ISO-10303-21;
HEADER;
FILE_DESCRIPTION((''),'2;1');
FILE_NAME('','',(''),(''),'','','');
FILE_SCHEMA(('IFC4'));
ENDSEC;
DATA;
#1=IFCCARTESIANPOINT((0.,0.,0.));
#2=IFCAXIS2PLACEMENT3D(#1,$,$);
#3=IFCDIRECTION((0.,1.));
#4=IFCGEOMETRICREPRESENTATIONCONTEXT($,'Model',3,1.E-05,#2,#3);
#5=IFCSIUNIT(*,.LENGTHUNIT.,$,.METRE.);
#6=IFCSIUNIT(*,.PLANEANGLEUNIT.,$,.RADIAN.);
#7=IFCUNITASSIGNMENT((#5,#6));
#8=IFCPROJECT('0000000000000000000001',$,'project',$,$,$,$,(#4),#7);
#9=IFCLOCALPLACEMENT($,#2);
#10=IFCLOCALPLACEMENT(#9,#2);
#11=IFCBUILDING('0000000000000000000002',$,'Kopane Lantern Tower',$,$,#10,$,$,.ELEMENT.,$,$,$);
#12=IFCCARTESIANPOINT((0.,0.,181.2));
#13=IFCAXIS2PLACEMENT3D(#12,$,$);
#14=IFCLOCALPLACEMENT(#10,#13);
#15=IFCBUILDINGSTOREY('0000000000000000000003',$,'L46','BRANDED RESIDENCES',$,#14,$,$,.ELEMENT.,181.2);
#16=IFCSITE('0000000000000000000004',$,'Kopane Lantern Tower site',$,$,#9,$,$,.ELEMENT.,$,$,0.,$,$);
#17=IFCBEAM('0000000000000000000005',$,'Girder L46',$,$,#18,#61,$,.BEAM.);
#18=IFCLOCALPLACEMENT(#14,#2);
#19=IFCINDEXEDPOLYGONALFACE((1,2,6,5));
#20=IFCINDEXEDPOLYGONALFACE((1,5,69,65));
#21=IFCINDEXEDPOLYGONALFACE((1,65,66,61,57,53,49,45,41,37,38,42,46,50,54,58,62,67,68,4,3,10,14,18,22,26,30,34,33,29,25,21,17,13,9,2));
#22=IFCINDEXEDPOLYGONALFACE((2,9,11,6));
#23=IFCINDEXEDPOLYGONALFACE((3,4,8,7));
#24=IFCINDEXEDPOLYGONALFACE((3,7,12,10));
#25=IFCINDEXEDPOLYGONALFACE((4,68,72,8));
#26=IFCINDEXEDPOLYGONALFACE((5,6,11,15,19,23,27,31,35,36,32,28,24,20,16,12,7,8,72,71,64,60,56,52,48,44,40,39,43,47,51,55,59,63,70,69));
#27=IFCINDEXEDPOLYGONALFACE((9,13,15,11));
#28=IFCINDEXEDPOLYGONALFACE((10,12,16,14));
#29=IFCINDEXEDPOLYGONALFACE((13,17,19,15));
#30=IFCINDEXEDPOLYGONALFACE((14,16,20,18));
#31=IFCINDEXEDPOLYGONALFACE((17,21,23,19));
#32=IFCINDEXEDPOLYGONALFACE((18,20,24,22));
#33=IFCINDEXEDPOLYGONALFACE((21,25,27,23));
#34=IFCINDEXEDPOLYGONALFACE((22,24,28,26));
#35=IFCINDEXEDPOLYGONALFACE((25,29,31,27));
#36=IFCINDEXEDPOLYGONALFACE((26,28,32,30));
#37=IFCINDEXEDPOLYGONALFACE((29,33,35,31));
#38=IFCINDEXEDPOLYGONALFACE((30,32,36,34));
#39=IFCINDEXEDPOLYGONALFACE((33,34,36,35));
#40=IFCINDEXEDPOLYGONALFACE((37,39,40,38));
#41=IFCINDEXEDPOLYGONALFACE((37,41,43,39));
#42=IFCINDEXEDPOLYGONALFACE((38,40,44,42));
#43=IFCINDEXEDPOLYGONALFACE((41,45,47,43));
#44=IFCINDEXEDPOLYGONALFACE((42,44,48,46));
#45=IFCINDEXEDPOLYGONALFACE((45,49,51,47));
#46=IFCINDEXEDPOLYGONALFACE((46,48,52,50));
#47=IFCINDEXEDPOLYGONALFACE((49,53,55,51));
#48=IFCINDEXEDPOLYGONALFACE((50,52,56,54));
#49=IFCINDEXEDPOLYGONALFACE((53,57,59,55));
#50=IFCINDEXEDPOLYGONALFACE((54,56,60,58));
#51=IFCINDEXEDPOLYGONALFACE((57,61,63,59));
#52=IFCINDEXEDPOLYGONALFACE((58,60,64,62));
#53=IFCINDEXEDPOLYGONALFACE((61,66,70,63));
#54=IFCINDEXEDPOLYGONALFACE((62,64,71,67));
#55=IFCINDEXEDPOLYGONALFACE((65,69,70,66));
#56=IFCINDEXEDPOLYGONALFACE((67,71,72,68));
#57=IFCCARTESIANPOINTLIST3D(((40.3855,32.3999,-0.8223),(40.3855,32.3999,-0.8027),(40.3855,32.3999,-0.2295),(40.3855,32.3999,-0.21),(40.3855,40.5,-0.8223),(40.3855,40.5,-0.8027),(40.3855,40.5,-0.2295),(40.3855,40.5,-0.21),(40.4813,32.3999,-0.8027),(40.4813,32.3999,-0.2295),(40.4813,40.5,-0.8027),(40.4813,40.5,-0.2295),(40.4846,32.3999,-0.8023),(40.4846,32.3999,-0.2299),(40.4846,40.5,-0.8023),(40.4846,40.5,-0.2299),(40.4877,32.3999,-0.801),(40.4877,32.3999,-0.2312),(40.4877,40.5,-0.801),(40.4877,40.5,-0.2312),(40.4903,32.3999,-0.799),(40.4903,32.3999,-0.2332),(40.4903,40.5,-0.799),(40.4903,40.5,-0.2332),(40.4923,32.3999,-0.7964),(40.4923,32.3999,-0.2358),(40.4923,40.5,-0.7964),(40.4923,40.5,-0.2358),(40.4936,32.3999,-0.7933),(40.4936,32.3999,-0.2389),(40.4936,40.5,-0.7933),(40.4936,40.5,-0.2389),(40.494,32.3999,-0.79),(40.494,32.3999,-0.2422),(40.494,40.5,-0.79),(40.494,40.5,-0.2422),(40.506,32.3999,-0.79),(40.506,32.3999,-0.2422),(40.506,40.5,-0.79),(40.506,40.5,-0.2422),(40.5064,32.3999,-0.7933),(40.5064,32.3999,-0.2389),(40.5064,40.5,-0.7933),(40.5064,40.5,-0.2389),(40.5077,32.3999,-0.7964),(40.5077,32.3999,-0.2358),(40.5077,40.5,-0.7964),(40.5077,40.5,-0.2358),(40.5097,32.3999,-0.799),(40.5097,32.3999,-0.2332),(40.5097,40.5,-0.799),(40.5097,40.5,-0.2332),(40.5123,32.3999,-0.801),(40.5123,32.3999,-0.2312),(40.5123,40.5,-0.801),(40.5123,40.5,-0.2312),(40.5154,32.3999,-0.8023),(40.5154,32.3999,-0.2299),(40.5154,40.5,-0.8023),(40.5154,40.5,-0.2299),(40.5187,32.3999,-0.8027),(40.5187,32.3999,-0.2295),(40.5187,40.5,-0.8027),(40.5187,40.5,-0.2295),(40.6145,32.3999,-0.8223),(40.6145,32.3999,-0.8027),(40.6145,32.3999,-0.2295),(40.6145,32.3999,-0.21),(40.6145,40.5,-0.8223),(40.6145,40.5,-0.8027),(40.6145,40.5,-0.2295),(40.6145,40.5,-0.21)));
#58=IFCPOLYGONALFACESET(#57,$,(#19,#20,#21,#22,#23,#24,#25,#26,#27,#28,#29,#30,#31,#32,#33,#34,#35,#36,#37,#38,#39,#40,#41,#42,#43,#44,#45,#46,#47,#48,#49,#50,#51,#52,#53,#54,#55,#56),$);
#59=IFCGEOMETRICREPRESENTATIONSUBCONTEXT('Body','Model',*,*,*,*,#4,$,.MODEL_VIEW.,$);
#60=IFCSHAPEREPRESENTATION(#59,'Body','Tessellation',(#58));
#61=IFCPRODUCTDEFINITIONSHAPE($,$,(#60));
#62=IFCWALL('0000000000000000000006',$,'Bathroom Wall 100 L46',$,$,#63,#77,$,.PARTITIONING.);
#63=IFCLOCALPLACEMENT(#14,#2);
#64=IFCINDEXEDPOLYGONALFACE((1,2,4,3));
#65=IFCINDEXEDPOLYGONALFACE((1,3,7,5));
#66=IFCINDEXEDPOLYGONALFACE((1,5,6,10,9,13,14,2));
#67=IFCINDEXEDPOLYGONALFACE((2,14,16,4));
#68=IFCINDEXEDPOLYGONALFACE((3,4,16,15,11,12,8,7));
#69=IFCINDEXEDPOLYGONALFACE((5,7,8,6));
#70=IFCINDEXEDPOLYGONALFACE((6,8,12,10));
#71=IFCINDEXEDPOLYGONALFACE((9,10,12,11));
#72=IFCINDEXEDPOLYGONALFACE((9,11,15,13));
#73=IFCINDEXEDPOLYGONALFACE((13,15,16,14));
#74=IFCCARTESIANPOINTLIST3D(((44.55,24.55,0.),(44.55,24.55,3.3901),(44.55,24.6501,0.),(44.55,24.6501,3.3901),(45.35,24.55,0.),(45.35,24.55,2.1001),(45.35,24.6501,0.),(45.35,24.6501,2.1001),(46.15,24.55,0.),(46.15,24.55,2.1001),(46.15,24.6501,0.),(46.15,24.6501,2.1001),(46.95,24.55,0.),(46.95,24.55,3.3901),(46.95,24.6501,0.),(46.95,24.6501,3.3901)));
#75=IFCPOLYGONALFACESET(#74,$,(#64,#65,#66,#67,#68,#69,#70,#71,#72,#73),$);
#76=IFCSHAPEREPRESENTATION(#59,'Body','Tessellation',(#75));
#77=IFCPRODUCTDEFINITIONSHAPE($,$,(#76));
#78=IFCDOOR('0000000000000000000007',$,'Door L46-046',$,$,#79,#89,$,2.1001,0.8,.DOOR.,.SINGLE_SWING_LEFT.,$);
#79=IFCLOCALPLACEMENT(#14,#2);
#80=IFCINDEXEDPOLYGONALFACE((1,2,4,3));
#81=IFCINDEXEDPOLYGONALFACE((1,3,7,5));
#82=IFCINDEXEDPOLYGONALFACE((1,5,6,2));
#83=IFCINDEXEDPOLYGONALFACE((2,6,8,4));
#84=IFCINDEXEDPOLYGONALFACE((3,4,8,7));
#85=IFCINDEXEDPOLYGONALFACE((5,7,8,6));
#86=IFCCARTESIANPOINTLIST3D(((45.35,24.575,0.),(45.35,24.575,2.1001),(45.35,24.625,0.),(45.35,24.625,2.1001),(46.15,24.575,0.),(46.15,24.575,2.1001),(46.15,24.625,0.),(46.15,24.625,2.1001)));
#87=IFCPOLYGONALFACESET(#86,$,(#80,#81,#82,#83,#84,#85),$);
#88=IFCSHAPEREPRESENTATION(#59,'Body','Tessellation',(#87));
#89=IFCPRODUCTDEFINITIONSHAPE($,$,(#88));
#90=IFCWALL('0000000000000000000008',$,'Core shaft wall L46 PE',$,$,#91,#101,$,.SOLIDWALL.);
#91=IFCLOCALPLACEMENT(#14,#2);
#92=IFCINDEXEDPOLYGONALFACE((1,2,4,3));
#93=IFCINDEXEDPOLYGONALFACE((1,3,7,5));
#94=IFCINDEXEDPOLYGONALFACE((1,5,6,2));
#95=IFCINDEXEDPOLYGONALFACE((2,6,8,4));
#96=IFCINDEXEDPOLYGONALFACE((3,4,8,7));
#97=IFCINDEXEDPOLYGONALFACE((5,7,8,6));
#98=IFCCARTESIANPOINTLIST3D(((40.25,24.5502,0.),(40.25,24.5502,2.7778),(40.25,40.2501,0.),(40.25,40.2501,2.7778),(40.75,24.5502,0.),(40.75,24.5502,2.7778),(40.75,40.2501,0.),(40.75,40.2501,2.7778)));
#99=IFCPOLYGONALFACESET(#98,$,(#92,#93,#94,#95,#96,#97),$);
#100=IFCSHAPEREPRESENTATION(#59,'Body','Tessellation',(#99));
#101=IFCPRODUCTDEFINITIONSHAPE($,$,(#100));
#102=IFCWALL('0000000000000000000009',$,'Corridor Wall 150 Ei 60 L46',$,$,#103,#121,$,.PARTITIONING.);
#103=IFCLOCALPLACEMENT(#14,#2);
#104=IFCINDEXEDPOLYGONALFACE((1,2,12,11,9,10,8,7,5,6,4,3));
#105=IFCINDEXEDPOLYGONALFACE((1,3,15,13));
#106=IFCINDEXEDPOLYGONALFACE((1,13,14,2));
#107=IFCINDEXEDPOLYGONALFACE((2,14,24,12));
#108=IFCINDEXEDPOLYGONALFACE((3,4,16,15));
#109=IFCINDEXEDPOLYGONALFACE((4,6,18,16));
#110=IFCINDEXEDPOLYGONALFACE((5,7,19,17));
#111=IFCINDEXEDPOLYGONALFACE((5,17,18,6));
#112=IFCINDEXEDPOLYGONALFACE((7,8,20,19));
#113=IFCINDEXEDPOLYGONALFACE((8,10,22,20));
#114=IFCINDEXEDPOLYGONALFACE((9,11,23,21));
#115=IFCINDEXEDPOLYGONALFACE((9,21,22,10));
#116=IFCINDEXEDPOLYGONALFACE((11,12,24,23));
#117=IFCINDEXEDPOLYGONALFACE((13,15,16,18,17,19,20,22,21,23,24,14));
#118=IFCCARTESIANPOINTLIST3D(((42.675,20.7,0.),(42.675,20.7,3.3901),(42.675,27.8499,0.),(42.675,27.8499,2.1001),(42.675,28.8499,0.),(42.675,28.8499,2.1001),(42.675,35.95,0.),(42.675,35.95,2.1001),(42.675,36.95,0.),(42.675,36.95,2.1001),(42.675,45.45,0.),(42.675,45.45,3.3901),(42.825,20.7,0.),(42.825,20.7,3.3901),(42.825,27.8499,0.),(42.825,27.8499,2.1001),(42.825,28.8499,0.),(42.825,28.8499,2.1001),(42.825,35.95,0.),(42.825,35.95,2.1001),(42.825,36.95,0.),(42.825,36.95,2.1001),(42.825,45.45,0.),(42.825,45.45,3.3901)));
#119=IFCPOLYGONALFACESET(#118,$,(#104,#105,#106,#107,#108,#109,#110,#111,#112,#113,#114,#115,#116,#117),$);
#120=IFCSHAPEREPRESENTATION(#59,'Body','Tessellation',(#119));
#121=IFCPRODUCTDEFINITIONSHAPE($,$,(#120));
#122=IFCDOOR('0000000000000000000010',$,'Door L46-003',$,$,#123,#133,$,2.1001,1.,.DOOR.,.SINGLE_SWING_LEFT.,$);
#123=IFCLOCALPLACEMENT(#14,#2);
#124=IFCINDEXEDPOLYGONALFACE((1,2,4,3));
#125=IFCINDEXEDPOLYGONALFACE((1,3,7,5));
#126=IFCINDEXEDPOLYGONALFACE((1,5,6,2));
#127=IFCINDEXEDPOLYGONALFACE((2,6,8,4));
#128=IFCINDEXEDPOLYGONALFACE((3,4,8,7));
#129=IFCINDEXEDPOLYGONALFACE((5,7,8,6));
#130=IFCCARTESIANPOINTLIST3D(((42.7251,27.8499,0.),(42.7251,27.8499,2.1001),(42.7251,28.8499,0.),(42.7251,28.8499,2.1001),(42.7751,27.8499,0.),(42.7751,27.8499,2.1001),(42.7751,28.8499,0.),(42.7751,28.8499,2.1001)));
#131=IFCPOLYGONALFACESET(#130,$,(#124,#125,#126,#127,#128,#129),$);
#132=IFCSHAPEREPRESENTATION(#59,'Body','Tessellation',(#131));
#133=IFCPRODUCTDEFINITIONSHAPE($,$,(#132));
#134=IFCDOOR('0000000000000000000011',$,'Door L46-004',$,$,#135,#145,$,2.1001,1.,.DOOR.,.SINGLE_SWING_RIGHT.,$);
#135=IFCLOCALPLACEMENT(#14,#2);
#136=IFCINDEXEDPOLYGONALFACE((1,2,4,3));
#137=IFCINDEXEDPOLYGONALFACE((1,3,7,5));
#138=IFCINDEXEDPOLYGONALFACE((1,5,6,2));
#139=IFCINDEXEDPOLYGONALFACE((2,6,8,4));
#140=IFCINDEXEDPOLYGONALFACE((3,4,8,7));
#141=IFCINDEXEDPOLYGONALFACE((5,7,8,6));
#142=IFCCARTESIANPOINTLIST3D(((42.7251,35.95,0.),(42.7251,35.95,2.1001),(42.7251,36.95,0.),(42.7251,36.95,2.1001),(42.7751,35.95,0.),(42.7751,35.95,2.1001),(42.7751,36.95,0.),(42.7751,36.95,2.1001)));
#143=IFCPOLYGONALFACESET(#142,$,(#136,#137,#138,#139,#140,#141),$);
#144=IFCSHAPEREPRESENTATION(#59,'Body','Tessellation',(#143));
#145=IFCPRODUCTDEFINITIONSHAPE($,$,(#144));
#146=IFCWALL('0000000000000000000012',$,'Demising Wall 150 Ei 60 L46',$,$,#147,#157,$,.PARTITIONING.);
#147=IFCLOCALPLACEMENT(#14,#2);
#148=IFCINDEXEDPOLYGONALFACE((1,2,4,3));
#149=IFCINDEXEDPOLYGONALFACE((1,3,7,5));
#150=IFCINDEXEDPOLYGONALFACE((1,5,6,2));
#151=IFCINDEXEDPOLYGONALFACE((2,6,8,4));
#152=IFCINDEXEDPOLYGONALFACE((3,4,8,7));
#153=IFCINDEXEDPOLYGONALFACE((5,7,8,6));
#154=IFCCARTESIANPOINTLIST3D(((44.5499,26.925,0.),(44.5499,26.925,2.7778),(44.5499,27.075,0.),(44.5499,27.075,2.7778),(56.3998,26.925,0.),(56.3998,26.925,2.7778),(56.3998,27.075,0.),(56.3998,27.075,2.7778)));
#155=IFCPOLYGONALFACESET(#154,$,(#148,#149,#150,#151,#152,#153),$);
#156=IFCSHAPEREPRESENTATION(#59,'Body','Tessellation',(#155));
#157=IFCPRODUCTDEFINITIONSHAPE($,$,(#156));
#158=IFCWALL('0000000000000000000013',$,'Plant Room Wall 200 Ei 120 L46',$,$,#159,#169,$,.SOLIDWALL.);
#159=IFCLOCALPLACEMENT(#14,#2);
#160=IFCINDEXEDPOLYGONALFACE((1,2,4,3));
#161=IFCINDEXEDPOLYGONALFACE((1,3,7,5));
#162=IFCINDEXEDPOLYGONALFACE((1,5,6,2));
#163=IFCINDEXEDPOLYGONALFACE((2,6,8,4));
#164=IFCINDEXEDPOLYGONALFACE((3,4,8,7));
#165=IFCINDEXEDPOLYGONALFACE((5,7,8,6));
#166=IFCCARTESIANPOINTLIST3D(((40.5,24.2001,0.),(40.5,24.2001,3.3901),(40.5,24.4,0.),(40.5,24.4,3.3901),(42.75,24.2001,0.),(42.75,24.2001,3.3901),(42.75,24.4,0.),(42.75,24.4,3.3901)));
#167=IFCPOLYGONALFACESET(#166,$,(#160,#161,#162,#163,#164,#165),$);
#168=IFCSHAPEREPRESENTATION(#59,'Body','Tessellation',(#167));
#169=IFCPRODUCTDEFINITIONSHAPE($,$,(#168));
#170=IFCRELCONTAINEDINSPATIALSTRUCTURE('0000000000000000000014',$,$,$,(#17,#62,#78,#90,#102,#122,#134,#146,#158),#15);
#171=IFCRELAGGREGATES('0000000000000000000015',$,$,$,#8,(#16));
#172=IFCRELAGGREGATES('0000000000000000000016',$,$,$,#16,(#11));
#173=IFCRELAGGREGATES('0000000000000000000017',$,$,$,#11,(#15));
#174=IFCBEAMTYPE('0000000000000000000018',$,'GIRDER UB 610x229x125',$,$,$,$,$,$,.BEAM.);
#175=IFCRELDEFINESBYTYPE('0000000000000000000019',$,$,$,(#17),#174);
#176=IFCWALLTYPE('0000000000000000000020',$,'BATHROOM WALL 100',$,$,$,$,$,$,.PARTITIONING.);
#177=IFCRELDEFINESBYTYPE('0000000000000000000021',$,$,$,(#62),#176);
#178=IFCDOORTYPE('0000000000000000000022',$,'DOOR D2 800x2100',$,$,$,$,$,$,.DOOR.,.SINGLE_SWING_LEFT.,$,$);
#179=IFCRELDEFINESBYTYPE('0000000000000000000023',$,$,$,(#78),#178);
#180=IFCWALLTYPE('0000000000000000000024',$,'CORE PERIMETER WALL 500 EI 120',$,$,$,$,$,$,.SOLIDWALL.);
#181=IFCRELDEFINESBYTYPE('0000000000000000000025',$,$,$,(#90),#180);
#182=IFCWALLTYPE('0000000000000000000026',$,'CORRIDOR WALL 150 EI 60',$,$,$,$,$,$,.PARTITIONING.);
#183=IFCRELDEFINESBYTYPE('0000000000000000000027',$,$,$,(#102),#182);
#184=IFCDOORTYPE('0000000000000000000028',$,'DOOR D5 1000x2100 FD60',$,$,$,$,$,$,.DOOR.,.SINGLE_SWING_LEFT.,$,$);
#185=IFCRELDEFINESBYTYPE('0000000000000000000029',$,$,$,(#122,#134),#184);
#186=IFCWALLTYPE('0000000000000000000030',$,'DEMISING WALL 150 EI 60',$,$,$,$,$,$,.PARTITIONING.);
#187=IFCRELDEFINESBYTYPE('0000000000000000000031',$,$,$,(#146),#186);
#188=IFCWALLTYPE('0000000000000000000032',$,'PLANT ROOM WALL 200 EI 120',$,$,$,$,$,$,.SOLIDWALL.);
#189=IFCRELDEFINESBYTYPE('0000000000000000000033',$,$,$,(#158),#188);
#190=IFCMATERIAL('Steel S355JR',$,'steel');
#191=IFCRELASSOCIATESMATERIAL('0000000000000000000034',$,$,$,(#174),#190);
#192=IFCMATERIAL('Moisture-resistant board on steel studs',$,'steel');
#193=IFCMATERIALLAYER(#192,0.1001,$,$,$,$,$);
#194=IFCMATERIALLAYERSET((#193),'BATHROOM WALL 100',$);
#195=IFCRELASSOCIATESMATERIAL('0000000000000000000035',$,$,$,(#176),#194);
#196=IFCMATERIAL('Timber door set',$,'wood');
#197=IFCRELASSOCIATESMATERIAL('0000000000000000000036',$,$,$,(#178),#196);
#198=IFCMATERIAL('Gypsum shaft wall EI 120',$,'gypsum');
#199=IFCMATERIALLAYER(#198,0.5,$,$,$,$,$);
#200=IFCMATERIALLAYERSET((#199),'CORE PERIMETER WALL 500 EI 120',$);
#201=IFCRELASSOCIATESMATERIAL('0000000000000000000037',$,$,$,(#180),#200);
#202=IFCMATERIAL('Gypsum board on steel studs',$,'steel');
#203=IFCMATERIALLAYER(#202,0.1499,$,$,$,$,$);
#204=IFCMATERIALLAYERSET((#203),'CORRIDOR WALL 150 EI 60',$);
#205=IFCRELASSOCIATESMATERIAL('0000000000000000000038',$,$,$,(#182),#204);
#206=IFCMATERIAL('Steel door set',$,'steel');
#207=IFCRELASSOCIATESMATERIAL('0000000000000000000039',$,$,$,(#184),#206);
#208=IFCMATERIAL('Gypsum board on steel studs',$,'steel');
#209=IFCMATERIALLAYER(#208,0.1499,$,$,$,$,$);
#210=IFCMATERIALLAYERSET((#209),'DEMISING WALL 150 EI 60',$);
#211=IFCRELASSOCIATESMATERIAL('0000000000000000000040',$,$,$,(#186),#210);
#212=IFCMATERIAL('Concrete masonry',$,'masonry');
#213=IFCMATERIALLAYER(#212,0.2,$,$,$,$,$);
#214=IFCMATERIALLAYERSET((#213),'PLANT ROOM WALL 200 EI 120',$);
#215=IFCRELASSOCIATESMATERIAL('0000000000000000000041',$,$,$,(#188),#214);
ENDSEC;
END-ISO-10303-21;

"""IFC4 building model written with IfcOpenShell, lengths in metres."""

from ifc_helpers import new_model, si_unit, direction, frame, frame_2d, origin, origin_2d, place, context, subcontext, project, spatial, rectangle, i_section, extrude, material, layer, layer_set, material_profile, profile_set, type_object, element, fill, save


model = new_model("IFC4")

# Units and contexts
model_context = context("Model", 3, precision=1e-05, world=origin(), true_north=direction((0.0, 1.0)))
body_context = subcontext(model_context, "Body", "Model", "MODEL_VIEW")
ifc_project = project(units=[si_unit("LENGTHUNIT", "METRE"), si_unit("PLANEANGLEUNIT", "RADIAN")], contexts=[model_context])

# Site, building, storey
site_placement = place(None, origin())
site = spatial("IfcSite", under=ifc_project, at=site_placement, Name="Kopane Lantern Tower site", CompositionType="ELEMENT", RefElevation=0.0)
building_placement = place(site_placement, origin())
building = spatial("IfcBuilding", under=site, at=building_placement, Name="Kopane Lantern Tower", CompositionType="ELEMENT")
storey_placement = place(building_placement, frame((0.0, 0.0, 181.2)))
storey = spatial("IfcBuildingStorey", under=building, at=storey_placement, Name="L46", Description="BRANDED RESIDENCES", CompositionType="ELEMENT", Elevation=181.2)

# Beam
ifc_material_1 = material(Name="Steel S355JR", Category="steel")
ifc_material_profile_1 = material_profile(ifc_material_1, i_section(OverallWidth=0.229, OverallDepth=0.6123, WebThickness=0.012, FlangeThickness=0.0195, FilletRadius=0.0127, at=origin_2d()), Name="UB 610x229x125")
ifc_profile_set_1 = profile_set([ifc_material_profile_1], Name="Steel S355JR")
beam_type = type_object("IfcBeamType", Name="GIRDER UB 610x229x125", PredefinedType="BEAM", material=ifc_profile_set_1)
for number, where, z_axis, x_axis, name in (
    (1, (40.5, 32.3999, -0.5161), (0.0, 1.0, 0.0), (-1.0, 0.0, 0.0), "Girder L46"),
):
    element("IfcBeam", number, at=place(storey_placement, frame(where, z_axis=z_axis, x_axis=x_axis)), inside=storey, type_object=beam_type, Name=name, PredefinedType="BEAM", context=body_context, shape_type="SweptSolid", body=[
        extrude(i_section(OverallWidth=0.229, OverallDepth=0.6123, WebThickness=0.012, FlangeThickness=0.0195, FilletRadius=0.0127, at=origin_2d()), origin(), (0.0, 0.0, 1.0), 8.1001),
    ])

# Wall, opening, door
ifc_material_2 = material(Name="Moisture-resistant board on steel studs", Category="steel")
ifc_layer_1 = layer(ifc_material_2, 0.1001)
ifc_layer_set_1 = layer_set([ifc_layer_1], Name="BATHROOM WALL 100")
wall_type_1 = type_object("IfcWallType", Name="BATHROOM WALL 100", PredefinedType="PARTITIONING", material=ifc_layer_set_1)
wall_1_placement = place(storey_placement, frame((44.55, 24.6001, 0.0), z_axis=(0.0, 0.0, 1.0), x_axis=(1.0, 0.0, 0.0)))
wall_1 = element("IfcWall", 2, at=wall_1_placement, inside=storey, type_object=wall_type_1, Name="Bathroom Wall 100 L46", PredefinedType="PARTITIONING", context=body_context, shape_type="SweptSolid", body=[
    extrude(rectangle(XDim=2.3999, YDim=0.1001, at=frame_2d((1.2, 0.0))), origin(), (0.0, 0.0, 1.0), 3.3901),
])
opening_1_placement = place(wall_1_placement, frame((0.8, 0.0, 0.0)))
opening_1 = element("IfcOpeningElement", 3, at=opening_1_placement, cuts=wall_1, PredefinedType="OPENING", context=body_context, shape_type="SweptSolid", body=[
    extrude(rectangle(XDim=0.8, YDim=2.1001, at=frame_2d((0.3999, 1.05))), frame((0.0, 0.0601, 0.0), z_axis=(0.0, -1.0, 0.0), x_axis=(1.0, 0.0, 0.0)), (0.0, 0.0, 1.0), 0.1201),
])
ifc_material_3 = material(Name="Timber door set", Category="wood")
door_type_1 = type_object("IfcDoorType", Name="DOOR D2 800x2100", OperationType="SINGLE_SWING_LEFT", PredefinedType="DOOR", material=ifc_material_3)
door_1_placement = place(opening_1_placement, origin())
door_1 = element("IfcDoor", 4, at=door_1_placement, inside=storey, type_object=door_type_1, Name="Door L46-046", OperationType="SINGLE_SWING_LEFT", OverallHeight=2.1001, OverallWidth=0.8, PredefinedType="DOOR", context=body_context, shape_type="SweptSolid", body=[
    extrude(rectangle(XDim=0.8, YDim=2.1001, at=frame_2d((0.3999, 1.05))), frame((0.0, 0.0249, 0.0), z_axis=(0.0, -1.0, 0.0), x_axis=(1.0, 0.0, 0.0)), (0.0, 0.0, 1.0), 0.05),
])
fill(opening_1, door_1)

# Wall
ifc_material_4 = material(Name="Gypsum shaft wall EI 120", Category="gypsum")
ifc_layer_2 = layer(ifc_material_4, 0.5)
ifc_layer_set_2 = layer_set([ifc_layer_2], Name="CORE PERIMETER WALL 500 EI 120")
wall_type_2 = type_object("IfcWallType", Name="CORE PERIMETER WALL 500 EI 120", PredefinedType="SOLIDWALL", material=ifc_layer_set_2)
wall_2_placement = place(storey_placement, frame((40.5, 24.55, 0.0), z_axis=(0.0, 0.0, 1.0), x_axis=(0.0, 1.0, 0.0)))
element("IfcWall", 5, at=wall_2_placement, inside=storey, type_object=wall_type_2, Name="Core shaft wall L46 PE", PredefinedType="SOLIDWALL", context=body_context, shape_type="SweptSolid", body=[
    extrude(rectangle(XDim=15.7, YDim=0.5, at=frame_2d((7.8501, 0.0))), origin(), (0.0, 0.0, 1.0), 2.7778),
])

# Wall, openings, doors
ifc_material_5 = material(Name="Gypsum board on steel studs", Category="steel")
ifc_layer_3 = layer(ifc_material_5, 0.1499)
ifc_layer_set_3 = layer_set([ifc_layer_3], Name="CORRIDOR WALL 150 EI 60")
wall_type_3 = type_object("IfcWallType", Name="CORRIDOR WALL 150 EI 60", PredefinedType="PARTITIONING", material=ifc_layer_set_3)
wall_3_placement = place(storey_placement, frame((42.75, 20.7, 0.0), z_axis=(0.0, 0.0, 1.0), x_axis=(0.0, 1.0, 0.0)))
wall_3 = element("IfcWall", 6, at=wall_3_placement, inside=storey, type_object=wall_type_3, Name="Corridor Wall 150 Ei 60 L46", PredefinedType="PARTITIONING", context=body_context, shape_type="SweptSolid", body=[
    extrude(rectangle(XDim=24.75, YDim=0.1499, at=frame_2d((12.375, 0.0))), origin(), (0.0, 0.0, 1.0), 3.3901),
])
opening_2_placement = place(wall_3_placement, frame((7.1499, 0.0, 0.0)))
opening_2 = element("IfcOpeningElement", 7, at=opening_2_placement, cuts=wall_3, PredefinedType="OPENING", context=body_context, shape_type="SweptSolid", body=[
    extrude(rectangle(XDim=1.0, YDim=2.1001, at=frame_2d((0.5, 1.05))), frame((0.0, 0.085, 0.0), z_axis=(0.0, -1.0, 0.0), x_axis=(1.0, 0.0, 0.0)), (0.0, 0.0, 1.0), 0.1699),
])
opening_3_placement = place(wall_3_placement, frame((15.25, 0.0, 0.0)))
opening_3 = element("IfcOpeningElement", 8, at=opening_3_placement, cuts=wall_3, PredefinedType="OPENING", context=body_context, shape_type="SweptSolid", body=[
    extrude(rectangle(XDim=1.0, YDim=2.1001, at=frame_2d((0.5, 1.05))), frame((0.0, 0.085, 0.0), z_axis=(0.0, -1.0, 0.0), x_axis=(1.0, 0.0, 0.0)), (0.0, 0.0, 1.0), 0.1699),
])
ifc_material_6 = material(Name="Steel door set", Category="steel")
door_type_2 = type_object("IfcDoorType", Name="DOOR D5 1000x2100 FD60", OperationType="SINGLE_SWING_LEFT", PredefinedType="DOOR", material=ifc_material_6)
door_2_placement = place(opening_2_placement, origin())
door_2 = element("IfcDoor", 9, at=door_2_placement, inside=storey, type_object=door_type_2, Name="Door L46-003", OperationType="SINGLE_SWING_LEFT", OverallHeight=2.1001, OverallWidth=1.0, PredefinedType="DOOR", context=body_context, shape_type="SweptSolid", body=[
    extrude(rectangle(XDim=1.0, YDim=2.1001, at=frame_2d((0.5, 1.05))), frame((0.0, 0.0249, 0.0), z_axis=(0.0, -1.0, 0.0), x_axis=(1.0, 0.0, 0.0)), (0.0, 0.0, 1.0), 0.05),
])
fill(opening_2, door_2)
door_3_placement = place(opening_3_placement, origin())
door_3 = element("IfcDoor", 10, at=door_3_placement, inside=storey, type_object=door_type_2, Name="Door L46-004", OperationType="SINGLE_SWING_RIGHT", OverallHeight=2.1001, OverallWidth=1.0, PredefinedType="DOOR", context=body_context, shape_type="SweptSolid", body=[
    extrude(rectangle(XDim=1.0, YDim=2.1001, at=frame_2d((0.5, 1.05))), frame((0.0, 0.0249, 0.0), z_axis=(0.0, -1.0, 0.0), x_axis=(1.0, 0.0, 0.0)), (0.0, 0.0, 1.0), 0.05),
])
fill(opening_3, door_3)

# Walls
ifc_material_7 = material(Name="Gypsum board on steel studs", Category="steel")
ifc_layer_4 = layer(ifc_material_7, 0.1499)
ifc_layer_set_4 = layer_set([ifc_layer_4], Name="DEMISING WALL 150 EI 60")
wall_type_4 = type_object("IfcWallType", Name="DEMISING WALL 150 EI 60", PredefinedType="PARTITIONING", material=ifc_layer_set_4)
wall_4_placement = place(storey_placement, frame((44.55, 27.0, 0.0), z_axis=(0.0, 0.0, 1.0), x_axis=(1.0, 0.0, 0.0)))
element("IfcWall", 11, at=wall_4_placement, inside=storey, type_object=wall_type_4, Name="Demising Wall 150 Ei 60 L46", PredefinedType="PARTITIONING", context=body_context, shape_type="SweptSolid", body=[
    extrude(rectangle(XDim=11.8499, YDim=0.1499, at=frame_2d((5.9248, 0.0))), origin(), (0.0, 0.0, 1.0), 2.7778),
])
ifc_material_8 = material(Name="Concrete masonry", Category="masonry")
ifc_layer_5 = layer(ifc_material_8, 0.2)
ifc_layer_set_5 = layer_set([ifc_layer_5], Name="PLANT ROOM WALL 200 EI 120")
wall_type_5 = type_object("IfcWallType", Name="PLANT ROOM WALL 200 EI 120", PredefinedType="SOLIDWALL", material=ifc_layer_set_5)
wall_5_placement = place(storey_placement, frame((40.5, 24.3, 0.0), z_axis=(0.0, 0.0, 1.0), x_axis=(1.0, 0.0, 0.0)))
element("IfcWall", 12, at=wall_5_placement, inside=storey, type_object=wall_type_5, Name="Plant Room Wall 200 Ei 120 L46", PredefinedType="SOLIDWALL", context=body_context, shape_type="SweptSolid", body=[
    extrude(rectangle(XDim=2.25, YDim=0.2, at=frame_2d((1.125, 0.0))), origin(), (0.0, 0.0, 1.0), 3.3901),
])

save(model, "model.ifc")
